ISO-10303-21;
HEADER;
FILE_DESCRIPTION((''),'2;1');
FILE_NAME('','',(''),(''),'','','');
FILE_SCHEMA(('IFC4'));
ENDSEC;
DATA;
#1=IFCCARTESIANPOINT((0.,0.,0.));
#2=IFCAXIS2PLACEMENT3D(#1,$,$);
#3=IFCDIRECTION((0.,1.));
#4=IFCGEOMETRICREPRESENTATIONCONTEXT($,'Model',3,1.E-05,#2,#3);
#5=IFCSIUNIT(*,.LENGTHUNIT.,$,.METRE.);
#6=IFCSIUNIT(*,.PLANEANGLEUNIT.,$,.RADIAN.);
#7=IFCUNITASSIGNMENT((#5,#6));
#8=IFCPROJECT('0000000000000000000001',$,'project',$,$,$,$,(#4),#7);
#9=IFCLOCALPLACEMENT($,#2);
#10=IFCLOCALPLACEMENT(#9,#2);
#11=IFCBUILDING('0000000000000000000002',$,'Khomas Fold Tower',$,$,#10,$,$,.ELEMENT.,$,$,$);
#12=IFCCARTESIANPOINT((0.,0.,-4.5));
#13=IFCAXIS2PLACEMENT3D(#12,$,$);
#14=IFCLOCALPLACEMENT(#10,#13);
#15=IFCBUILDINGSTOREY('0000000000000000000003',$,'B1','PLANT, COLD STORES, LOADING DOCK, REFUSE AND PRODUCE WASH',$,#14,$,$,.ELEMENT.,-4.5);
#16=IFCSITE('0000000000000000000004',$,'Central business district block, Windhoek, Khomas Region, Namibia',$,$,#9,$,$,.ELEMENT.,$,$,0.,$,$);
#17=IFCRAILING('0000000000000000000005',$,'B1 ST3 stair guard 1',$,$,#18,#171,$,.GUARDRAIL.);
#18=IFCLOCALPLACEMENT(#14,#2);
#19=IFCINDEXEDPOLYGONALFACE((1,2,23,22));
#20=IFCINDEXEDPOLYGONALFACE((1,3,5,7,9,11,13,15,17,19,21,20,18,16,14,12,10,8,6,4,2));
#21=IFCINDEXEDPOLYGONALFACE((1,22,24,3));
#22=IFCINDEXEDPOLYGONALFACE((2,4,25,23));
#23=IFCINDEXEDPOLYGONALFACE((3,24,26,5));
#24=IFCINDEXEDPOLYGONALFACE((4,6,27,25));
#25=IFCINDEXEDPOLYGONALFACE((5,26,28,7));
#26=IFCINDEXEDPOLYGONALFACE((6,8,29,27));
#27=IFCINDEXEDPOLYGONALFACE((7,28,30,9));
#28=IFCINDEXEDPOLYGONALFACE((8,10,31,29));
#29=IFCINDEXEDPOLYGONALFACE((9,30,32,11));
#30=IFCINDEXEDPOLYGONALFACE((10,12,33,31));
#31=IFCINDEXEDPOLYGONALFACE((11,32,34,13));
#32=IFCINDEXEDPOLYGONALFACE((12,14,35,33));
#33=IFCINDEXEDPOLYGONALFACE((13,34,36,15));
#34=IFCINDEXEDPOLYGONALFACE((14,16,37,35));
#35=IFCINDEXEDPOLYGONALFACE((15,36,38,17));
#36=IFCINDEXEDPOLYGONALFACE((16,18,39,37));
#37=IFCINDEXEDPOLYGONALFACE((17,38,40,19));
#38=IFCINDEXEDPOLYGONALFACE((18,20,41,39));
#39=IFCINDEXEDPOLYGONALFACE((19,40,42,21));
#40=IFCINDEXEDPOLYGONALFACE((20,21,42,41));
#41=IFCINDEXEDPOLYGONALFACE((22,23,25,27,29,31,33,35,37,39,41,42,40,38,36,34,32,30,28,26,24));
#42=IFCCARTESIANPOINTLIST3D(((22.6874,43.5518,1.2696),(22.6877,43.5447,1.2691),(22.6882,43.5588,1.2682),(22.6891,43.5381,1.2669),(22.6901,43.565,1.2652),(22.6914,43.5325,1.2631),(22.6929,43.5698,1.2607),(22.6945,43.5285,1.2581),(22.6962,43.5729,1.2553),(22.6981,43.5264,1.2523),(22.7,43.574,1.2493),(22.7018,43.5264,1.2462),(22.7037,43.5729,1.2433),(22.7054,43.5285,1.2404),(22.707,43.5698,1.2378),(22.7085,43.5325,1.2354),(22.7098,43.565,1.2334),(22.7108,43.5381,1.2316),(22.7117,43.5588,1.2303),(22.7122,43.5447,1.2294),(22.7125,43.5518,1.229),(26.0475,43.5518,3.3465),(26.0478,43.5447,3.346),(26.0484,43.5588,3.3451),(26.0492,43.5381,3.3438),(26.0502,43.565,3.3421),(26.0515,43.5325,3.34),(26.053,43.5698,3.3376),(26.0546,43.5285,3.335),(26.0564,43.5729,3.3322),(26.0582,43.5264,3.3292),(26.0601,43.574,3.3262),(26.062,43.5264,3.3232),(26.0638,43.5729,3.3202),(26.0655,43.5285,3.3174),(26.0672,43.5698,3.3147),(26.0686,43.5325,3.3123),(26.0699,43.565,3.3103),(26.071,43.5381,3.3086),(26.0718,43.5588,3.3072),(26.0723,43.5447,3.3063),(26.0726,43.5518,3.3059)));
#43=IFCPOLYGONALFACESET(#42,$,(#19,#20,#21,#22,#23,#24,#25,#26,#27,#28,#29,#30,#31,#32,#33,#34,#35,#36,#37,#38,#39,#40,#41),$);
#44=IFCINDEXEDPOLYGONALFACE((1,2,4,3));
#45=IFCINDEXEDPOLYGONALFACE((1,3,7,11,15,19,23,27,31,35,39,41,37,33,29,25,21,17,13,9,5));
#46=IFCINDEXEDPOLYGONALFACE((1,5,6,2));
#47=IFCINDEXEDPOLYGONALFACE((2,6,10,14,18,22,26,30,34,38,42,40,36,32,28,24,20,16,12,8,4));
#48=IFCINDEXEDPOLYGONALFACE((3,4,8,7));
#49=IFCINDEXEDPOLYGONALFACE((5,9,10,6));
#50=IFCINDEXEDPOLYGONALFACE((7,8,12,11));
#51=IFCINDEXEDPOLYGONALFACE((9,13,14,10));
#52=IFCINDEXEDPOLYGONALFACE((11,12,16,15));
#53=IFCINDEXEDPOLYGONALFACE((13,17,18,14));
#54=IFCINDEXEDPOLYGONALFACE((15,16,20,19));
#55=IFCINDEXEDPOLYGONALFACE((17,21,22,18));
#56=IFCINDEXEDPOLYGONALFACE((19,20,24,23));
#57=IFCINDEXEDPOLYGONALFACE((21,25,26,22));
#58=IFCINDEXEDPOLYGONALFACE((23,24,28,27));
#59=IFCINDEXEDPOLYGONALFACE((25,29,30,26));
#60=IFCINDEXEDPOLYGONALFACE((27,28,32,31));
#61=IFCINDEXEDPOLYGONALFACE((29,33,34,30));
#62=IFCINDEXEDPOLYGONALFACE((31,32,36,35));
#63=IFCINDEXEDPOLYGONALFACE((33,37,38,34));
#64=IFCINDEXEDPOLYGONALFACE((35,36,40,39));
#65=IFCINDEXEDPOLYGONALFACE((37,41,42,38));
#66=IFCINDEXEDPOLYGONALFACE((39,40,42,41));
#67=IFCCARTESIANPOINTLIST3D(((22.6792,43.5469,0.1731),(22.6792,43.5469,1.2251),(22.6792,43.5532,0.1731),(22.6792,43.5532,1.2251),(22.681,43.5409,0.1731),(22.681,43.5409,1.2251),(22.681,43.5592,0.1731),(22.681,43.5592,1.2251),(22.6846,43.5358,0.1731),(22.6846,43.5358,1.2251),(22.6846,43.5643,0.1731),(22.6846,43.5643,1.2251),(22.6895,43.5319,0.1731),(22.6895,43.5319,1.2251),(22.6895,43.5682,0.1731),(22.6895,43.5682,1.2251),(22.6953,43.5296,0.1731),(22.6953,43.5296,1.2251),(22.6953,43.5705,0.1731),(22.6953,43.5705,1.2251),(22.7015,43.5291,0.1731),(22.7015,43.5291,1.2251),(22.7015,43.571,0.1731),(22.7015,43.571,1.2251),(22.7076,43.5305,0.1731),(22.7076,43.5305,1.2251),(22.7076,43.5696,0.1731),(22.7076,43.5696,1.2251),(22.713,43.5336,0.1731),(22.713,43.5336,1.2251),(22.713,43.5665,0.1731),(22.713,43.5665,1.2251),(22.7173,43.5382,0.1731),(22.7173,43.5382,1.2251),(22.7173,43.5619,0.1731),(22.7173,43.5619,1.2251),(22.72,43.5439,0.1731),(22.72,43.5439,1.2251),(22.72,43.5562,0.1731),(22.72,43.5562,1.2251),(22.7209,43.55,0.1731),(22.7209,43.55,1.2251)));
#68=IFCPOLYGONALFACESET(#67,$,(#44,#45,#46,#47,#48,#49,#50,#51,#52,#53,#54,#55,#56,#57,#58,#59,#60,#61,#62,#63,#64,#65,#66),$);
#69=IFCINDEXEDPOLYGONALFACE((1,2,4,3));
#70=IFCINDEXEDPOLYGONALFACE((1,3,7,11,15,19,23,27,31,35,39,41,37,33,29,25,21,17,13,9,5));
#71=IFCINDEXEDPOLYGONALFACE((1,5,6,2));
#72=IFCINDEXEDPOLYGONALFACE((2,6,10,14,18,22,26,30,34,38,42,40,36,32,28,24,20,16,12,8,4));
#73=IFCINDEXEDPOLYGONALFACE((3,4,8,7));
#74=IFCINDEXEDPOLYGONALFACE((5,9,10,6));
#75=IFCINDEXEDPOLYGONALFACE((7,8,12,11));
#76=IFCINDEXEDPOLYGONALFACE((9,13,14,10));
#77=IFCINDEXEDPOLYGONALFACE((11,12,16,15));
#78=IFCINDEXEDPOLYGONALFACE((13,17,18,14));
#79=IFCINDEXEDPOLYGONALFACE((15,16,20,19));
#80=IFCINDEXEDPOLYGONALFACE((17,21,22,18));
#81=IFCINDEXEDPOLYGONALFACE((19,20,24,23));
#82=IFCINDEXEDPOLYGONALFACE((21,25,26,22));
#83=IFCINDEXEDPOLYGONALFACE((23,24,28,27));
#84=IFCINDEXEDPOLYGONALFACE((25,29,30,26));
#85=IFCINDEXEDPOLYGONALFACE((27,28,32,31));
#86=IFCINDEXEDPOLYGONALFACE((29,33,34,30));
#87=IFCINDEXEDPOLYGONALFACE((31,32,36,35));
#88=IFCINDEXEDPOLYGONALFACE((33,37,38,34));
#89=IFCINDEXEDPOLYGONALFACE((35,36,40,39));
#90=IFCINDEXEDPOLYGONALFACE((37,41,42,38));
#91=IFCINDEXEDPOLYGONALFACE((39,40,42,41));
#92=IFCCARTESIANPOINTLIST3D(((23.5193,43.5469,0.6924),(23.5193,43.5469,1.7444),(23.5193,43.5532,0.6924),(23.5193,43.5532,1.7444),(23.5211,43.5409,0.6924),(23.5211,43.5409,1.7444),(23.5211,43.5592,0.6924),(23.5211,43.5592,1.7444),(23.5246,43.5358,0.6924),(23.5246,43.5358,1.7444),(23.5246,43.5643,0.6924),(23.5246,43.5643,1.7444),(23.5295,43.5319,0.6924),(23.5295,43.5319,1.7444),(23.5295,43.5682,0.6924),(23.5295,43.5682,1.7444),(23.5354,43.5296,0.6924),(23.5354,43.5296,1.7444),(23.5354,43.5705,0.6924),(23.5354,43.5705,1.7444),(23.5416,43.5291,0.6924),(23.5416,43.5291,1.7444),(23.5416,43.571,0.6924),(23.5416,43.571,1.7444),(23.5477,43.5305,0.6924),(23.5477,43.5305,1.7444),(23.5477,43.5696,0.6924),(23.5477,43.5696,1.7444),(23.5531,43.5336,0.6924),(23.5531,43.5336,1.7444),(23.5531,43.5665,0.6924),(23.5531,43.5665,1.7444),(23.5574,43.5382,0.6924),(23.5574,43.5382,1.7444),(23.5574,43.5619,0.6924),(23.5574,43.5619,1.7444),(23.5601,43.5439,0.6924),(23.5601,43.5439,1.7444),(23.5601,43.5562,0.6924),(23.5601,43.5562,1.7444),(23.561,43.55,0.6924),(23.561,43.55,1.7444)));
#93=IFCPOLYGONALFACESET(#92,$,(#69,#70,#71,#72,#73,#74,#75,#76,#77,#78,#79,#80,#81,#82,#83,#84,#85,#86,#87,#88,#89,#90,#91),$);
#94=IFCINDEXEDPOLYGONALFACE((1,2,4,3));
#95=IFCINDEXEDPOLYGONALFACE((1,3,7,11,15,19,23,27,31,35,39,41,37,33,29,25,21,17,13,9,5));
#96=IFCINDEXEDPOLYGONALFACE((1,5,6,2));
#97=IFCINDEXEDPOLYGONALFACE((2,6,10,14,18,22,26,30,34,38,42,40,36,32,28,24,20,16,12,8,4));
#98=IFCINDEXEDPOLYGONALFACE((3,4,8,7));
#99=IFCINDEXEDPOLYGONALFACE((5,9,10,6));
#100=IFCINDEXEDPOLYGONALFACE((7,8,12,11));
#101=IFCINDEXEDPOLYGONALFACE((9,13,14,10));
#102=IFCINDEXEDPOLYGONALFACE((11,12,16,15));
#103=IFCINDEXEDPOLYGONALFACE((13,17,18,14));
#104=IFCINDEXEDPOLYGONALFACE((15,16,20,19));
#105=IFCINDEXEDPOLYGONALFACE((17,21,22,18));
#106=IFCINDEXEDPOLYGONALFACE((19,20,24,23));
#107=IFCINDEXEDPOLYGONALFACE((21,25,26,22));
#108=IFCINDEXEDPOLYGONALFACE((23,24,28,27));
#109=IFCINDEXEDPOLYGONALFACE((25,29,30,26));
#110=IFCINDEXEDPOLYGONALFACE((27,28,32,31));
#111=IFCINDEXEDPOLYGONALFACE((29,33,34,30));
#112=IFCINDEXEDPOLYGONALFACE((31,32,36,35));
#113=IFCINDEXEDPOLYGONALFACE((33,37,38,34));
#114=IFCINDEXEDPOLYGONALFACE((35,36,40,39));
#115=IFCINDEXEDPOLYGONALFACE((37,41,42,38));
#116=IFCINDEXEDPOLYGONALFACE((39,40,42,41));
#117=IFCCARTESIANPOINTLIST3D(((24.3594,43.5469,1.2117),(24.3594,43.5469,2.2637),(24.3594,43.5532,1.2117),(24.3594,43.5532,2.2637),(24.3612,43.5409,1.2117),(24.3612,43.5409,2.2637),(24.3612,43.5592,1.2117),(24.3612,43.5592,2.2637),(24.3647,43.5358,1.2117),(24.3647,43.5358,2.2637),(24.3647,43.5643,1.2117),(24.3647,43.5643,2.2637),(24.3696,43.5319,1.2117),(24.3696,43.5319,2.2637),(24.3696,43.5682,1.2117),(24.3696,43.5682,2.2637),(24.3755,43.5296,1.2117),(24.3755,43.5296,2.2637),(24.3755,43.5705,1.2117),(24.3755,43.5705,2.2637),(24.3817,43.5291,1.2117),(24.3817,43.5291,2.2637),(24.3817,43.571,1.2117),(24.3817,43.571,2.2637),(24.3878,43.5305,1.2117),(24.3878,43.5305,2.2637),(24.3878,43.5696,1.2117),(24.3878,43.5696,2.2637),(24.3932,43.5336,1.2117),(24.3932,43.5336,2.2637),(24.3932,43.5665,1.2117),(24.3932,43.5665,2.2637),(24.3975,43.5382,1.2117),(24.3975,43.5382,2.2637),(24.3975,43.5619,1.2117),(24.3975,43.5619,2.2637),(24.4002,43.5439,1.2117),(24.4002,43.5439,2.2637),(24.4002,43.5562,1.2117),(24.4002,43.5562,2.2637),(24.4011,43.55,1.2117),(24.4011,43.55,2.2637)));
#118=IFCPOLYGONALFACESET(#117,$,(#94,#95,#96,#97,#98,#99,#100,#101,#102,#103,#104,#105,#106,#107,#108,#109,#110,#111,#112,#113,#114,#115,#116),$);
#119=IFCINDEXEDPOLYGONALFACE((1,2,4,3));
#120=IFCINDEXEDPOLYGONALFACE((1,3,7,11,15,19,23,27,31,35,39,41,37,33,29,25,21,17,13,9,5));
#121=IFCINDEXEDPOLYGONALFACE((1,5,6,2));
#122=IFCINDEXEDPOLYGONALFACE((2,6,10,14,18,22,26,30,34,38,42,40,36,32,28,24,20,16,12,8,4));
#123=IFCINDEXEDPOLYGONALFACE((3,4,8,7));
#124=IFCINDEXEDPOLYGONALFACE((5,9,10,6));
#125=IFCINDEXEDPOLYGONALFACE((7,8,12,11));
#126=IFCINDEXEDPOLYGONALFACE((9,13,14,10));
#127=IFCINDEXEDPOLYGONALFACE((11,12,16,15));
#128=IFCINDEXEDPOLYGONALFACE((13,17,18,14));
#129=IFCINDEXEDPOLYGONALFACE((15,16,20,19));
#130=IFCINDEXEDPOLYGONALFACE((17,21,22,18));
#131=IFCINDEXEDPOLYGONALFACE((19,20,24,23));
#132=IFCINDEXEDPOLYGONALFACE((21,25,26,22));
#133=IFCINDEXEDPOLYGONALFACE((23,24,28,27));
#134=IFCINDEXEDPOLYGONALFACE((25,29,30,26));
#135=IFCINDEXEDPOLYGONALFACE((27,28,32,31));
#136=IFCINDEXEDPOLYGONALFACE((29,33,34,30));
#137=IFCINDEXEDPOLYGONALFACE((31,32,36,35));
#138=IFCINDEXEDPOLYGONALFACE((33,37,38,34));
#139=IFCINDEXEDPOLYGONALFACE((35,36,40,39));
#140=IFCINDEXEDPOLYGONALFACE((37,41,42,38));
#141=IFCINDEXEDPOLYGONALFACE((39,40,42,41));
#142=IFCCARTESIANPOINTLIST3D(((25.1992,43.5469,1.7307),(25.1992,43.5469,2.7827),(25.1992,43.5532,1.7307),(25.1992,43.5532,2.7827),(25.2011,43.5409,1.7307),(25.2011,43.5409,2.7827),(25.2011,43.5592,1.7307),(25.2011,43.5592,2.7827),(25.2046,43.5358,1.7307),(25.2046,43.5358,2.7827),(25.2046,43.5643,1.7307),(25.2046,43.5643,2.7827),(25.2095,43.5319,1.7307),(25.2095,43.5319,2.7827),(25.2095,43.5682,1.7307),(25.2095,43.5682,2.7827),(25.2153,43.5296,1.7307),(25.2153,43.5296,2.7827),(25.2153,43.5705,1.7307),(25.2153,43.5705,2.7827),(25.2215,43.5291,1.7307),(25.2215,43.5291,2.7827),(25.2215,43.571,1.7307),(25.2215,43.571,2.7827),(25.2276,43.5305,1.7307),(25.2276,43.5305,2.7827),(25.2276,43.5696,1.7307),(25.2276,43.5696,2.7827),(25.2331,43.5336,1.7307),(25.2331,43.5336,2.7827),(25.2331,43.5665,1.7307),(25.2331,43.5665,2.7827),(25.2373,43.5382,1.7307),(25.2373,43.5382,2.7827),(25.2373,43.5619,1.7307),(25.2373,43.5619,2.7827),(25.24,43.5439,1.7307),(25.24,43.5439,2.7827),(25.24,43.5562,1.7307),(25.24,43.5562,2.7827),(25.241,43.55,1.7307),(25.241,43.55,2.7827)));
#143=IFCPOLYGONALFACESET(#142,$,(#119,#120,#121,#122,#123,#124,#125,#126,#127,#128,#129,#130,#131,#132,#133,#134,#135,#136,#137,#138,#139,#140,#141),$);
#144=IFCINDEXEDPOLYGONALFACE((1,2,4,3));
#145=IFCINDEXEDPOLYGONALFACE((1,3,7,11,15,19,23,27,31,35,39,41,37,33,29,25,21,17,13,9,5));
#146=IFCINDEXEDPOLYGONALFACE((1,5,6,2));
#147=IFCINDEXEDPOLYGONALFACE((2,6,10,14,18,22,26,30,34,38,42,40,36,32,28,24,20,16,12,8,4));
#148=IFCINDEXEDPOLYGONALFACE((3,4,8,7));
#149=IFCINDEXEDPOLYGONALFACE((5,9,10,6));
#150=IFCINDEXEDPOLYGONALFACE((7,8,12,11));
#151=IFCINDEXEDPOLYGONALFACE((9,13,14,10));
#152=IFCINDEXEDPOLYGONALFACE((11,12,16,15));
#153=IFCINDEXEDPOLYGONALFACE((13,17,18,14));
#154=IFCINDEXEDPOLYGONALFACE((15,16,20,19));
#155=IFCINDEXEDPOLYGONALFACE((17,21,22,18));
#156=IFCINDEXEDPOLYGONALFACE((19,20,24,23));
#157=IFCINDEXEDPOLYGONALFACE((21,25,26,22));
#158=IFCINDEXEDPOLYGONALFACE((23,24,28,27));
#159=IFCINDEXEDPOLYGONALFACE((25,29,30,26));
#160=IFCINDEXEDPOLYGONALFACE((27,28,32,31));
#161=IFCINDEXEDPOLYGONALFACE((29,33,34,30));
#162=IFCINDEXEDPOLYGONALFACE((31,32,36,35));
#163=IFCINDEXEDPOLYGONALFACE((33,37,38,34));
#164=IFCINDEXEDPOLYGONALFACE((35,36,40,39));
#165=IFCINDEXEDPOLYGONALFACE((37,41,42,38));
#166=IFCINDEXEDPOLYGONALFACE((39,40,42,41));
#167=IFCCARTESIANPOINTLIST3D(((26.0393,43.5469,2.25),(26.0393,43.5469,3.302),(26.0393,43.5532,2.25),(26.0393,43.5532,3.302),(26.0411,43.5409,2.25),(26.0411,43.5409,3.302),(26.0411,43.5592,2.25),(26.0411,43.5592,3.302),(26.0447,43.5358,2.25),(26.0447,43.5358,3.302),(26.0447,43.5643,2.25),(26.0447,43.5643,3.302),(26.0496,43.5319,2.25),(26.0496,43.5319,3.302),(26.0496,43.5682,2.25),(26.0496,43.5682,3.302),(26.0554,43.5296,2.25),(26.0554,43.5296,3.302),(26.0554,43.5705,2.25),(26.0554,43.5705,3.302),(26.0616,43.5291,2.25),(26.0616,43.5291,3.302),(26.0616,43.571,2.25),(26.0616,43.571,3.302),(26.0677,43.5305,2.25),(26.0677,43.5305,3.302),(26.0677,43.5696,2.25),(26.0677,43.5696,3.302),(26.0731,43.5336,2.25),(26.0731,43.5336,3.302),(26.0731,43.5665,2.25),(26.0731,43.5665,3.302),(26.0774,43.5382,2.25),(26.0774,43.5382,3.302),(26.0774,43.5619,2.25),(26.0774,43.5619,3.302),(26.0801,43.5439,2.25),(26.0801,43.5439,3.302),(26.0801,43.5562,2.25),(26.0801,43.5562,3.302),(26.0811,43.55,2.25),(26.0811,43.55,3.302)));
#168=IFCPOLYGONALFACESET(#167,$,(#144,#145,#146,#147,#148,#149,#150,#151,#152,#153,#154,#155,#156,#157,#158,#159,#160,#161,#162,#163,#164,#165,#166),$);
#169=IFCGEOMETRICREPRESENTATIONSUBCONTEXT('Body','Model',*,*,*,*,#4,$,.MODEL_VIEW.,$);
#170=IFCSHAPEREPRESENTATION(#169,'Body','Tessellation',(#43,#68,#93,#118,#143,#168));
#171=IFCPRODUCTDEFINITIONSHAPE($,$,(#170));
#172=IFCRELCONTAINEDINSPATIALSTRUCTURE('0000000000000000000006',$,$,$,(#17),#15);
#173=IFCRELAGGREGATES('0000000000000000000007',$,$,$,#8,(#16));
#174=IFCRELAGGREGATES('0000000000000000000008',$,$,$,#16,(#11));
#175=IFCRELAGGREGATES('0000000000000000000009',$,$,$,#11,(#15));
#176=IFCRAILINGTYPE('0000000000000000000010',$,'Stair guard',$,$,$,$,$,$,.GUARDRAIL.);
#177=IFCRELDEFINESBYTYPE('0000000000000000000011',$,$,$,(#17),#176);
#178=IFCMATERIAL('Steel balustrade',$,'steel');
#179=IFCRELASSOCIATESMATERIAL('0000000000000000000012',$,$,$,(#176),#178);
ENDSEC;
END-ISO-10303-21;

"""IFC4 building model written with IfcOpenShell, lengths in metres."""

from ifc_helpers import new_model, si_unit, direction, frame, origin, origin_2d, place, context, subcontext, project, spatial, circle, extrude, source, transform, mapped, material, type_object, element, save


model = new_model("IFC4")

# Units and contexts
model_context = context("Model", 3, precision=1e-05, world=origin(), true_north=direction((0.0, 1.0)))
body_context = subcontext(model_context, "Body", "Model", "MODEL_VIEW")
ifc_project = project(units=[si_unit("LENGTHUNIT", "METRE"), si_unit("PLANEANGLEUNIT", "RADIAN")], contexts=[model_context])

# Site, building, storey
site_placement = place(None, origin())
site = spatial("IfcSite", under=ifc_project, at=site_placement, Name="Central business district block, Windhoek, Khomas Region, Namibia", CompositionType="ELEMENT", RefElevation=0.0)
building_placement = place(site_placement, origin())
building = spatial("IfcBuilding", under=site, at=building_placement, Name="Khomas Fold Tower", CompositionType="ELEMENT")
storey_placement = place(building_placement, frame((0.0, 0.0, -4.5)))
storey = spatial("IfcBuildingStorey", under=building, at=storey_placement, Name="B1", Description="PLANT, COLD STORES, LOADING DOCK, REFUSE AND PRODUCE WASH", CompositionType="ELEMENT", Elevation=-4.5)

# Railing
ifc_material_1 = material(Name="Steel balustrade", Category="steel")
railing_type_1 = type_object("IfcRailingType", Name="Stair guard", PredefinedType="GUARDRAIL", material=ifc_material_1)
shared_shape_1 = source(origin(), body_context, "Body", "SweptSolid", [
    extrude(circle(Radius=0.0239, at=origin_2d()), frame((0.0, 0.0, 1.0762), z_axis=(0.850623, 0.0, 0.525776), x_axis=(0.0, 1.0, 0.0)), (0.0, 0.0, 1.0), 3.9502),
    extrude(circle(Radius=0.021, at=origin_2d()), origin(), (0.0, 0.0, 1.0), 1.052),
    extrude(circle(Radius=0.021, at=origin_2d()), frame((0.8401, 0.0, 0.5193)), (0.0, 0.0, 1.0), 1.052),
    extrude(circle(Radius=0.021, at=origin_2d()), frame((1.6802, 0.0, 1.0386)), (0.0, 0.0, 1.0), 1.052),
    extrude(circle(Radius=0.021, at=origin_2d()), frame((2.52, 0.0, 1.5576)), (0.0, 0.0, 1.0), 1.052),
    extrude(circle(Radius=0.021, at=origin_2d()), frame((3.3601, 0.0, 2.0769)), (0.0, 0.0, 1.0), 1.052),
])
railing_1_placement = place(storey_placement, frame((22.7, 43.55, 0.1731)))
element("IfcRailing", 1, at=railing_1_placement, inside=storey, type_object=railing_type_1, Name="B1 ST3 stair guard 1", PredefinedType="GUARDRAIL", context=body_context, shape_type="MappedRepresentation", body=[
    mapped(shared_shape_1, transform((0.0, 0.0, 0.0))),
])

save(model, "model.ifc")
